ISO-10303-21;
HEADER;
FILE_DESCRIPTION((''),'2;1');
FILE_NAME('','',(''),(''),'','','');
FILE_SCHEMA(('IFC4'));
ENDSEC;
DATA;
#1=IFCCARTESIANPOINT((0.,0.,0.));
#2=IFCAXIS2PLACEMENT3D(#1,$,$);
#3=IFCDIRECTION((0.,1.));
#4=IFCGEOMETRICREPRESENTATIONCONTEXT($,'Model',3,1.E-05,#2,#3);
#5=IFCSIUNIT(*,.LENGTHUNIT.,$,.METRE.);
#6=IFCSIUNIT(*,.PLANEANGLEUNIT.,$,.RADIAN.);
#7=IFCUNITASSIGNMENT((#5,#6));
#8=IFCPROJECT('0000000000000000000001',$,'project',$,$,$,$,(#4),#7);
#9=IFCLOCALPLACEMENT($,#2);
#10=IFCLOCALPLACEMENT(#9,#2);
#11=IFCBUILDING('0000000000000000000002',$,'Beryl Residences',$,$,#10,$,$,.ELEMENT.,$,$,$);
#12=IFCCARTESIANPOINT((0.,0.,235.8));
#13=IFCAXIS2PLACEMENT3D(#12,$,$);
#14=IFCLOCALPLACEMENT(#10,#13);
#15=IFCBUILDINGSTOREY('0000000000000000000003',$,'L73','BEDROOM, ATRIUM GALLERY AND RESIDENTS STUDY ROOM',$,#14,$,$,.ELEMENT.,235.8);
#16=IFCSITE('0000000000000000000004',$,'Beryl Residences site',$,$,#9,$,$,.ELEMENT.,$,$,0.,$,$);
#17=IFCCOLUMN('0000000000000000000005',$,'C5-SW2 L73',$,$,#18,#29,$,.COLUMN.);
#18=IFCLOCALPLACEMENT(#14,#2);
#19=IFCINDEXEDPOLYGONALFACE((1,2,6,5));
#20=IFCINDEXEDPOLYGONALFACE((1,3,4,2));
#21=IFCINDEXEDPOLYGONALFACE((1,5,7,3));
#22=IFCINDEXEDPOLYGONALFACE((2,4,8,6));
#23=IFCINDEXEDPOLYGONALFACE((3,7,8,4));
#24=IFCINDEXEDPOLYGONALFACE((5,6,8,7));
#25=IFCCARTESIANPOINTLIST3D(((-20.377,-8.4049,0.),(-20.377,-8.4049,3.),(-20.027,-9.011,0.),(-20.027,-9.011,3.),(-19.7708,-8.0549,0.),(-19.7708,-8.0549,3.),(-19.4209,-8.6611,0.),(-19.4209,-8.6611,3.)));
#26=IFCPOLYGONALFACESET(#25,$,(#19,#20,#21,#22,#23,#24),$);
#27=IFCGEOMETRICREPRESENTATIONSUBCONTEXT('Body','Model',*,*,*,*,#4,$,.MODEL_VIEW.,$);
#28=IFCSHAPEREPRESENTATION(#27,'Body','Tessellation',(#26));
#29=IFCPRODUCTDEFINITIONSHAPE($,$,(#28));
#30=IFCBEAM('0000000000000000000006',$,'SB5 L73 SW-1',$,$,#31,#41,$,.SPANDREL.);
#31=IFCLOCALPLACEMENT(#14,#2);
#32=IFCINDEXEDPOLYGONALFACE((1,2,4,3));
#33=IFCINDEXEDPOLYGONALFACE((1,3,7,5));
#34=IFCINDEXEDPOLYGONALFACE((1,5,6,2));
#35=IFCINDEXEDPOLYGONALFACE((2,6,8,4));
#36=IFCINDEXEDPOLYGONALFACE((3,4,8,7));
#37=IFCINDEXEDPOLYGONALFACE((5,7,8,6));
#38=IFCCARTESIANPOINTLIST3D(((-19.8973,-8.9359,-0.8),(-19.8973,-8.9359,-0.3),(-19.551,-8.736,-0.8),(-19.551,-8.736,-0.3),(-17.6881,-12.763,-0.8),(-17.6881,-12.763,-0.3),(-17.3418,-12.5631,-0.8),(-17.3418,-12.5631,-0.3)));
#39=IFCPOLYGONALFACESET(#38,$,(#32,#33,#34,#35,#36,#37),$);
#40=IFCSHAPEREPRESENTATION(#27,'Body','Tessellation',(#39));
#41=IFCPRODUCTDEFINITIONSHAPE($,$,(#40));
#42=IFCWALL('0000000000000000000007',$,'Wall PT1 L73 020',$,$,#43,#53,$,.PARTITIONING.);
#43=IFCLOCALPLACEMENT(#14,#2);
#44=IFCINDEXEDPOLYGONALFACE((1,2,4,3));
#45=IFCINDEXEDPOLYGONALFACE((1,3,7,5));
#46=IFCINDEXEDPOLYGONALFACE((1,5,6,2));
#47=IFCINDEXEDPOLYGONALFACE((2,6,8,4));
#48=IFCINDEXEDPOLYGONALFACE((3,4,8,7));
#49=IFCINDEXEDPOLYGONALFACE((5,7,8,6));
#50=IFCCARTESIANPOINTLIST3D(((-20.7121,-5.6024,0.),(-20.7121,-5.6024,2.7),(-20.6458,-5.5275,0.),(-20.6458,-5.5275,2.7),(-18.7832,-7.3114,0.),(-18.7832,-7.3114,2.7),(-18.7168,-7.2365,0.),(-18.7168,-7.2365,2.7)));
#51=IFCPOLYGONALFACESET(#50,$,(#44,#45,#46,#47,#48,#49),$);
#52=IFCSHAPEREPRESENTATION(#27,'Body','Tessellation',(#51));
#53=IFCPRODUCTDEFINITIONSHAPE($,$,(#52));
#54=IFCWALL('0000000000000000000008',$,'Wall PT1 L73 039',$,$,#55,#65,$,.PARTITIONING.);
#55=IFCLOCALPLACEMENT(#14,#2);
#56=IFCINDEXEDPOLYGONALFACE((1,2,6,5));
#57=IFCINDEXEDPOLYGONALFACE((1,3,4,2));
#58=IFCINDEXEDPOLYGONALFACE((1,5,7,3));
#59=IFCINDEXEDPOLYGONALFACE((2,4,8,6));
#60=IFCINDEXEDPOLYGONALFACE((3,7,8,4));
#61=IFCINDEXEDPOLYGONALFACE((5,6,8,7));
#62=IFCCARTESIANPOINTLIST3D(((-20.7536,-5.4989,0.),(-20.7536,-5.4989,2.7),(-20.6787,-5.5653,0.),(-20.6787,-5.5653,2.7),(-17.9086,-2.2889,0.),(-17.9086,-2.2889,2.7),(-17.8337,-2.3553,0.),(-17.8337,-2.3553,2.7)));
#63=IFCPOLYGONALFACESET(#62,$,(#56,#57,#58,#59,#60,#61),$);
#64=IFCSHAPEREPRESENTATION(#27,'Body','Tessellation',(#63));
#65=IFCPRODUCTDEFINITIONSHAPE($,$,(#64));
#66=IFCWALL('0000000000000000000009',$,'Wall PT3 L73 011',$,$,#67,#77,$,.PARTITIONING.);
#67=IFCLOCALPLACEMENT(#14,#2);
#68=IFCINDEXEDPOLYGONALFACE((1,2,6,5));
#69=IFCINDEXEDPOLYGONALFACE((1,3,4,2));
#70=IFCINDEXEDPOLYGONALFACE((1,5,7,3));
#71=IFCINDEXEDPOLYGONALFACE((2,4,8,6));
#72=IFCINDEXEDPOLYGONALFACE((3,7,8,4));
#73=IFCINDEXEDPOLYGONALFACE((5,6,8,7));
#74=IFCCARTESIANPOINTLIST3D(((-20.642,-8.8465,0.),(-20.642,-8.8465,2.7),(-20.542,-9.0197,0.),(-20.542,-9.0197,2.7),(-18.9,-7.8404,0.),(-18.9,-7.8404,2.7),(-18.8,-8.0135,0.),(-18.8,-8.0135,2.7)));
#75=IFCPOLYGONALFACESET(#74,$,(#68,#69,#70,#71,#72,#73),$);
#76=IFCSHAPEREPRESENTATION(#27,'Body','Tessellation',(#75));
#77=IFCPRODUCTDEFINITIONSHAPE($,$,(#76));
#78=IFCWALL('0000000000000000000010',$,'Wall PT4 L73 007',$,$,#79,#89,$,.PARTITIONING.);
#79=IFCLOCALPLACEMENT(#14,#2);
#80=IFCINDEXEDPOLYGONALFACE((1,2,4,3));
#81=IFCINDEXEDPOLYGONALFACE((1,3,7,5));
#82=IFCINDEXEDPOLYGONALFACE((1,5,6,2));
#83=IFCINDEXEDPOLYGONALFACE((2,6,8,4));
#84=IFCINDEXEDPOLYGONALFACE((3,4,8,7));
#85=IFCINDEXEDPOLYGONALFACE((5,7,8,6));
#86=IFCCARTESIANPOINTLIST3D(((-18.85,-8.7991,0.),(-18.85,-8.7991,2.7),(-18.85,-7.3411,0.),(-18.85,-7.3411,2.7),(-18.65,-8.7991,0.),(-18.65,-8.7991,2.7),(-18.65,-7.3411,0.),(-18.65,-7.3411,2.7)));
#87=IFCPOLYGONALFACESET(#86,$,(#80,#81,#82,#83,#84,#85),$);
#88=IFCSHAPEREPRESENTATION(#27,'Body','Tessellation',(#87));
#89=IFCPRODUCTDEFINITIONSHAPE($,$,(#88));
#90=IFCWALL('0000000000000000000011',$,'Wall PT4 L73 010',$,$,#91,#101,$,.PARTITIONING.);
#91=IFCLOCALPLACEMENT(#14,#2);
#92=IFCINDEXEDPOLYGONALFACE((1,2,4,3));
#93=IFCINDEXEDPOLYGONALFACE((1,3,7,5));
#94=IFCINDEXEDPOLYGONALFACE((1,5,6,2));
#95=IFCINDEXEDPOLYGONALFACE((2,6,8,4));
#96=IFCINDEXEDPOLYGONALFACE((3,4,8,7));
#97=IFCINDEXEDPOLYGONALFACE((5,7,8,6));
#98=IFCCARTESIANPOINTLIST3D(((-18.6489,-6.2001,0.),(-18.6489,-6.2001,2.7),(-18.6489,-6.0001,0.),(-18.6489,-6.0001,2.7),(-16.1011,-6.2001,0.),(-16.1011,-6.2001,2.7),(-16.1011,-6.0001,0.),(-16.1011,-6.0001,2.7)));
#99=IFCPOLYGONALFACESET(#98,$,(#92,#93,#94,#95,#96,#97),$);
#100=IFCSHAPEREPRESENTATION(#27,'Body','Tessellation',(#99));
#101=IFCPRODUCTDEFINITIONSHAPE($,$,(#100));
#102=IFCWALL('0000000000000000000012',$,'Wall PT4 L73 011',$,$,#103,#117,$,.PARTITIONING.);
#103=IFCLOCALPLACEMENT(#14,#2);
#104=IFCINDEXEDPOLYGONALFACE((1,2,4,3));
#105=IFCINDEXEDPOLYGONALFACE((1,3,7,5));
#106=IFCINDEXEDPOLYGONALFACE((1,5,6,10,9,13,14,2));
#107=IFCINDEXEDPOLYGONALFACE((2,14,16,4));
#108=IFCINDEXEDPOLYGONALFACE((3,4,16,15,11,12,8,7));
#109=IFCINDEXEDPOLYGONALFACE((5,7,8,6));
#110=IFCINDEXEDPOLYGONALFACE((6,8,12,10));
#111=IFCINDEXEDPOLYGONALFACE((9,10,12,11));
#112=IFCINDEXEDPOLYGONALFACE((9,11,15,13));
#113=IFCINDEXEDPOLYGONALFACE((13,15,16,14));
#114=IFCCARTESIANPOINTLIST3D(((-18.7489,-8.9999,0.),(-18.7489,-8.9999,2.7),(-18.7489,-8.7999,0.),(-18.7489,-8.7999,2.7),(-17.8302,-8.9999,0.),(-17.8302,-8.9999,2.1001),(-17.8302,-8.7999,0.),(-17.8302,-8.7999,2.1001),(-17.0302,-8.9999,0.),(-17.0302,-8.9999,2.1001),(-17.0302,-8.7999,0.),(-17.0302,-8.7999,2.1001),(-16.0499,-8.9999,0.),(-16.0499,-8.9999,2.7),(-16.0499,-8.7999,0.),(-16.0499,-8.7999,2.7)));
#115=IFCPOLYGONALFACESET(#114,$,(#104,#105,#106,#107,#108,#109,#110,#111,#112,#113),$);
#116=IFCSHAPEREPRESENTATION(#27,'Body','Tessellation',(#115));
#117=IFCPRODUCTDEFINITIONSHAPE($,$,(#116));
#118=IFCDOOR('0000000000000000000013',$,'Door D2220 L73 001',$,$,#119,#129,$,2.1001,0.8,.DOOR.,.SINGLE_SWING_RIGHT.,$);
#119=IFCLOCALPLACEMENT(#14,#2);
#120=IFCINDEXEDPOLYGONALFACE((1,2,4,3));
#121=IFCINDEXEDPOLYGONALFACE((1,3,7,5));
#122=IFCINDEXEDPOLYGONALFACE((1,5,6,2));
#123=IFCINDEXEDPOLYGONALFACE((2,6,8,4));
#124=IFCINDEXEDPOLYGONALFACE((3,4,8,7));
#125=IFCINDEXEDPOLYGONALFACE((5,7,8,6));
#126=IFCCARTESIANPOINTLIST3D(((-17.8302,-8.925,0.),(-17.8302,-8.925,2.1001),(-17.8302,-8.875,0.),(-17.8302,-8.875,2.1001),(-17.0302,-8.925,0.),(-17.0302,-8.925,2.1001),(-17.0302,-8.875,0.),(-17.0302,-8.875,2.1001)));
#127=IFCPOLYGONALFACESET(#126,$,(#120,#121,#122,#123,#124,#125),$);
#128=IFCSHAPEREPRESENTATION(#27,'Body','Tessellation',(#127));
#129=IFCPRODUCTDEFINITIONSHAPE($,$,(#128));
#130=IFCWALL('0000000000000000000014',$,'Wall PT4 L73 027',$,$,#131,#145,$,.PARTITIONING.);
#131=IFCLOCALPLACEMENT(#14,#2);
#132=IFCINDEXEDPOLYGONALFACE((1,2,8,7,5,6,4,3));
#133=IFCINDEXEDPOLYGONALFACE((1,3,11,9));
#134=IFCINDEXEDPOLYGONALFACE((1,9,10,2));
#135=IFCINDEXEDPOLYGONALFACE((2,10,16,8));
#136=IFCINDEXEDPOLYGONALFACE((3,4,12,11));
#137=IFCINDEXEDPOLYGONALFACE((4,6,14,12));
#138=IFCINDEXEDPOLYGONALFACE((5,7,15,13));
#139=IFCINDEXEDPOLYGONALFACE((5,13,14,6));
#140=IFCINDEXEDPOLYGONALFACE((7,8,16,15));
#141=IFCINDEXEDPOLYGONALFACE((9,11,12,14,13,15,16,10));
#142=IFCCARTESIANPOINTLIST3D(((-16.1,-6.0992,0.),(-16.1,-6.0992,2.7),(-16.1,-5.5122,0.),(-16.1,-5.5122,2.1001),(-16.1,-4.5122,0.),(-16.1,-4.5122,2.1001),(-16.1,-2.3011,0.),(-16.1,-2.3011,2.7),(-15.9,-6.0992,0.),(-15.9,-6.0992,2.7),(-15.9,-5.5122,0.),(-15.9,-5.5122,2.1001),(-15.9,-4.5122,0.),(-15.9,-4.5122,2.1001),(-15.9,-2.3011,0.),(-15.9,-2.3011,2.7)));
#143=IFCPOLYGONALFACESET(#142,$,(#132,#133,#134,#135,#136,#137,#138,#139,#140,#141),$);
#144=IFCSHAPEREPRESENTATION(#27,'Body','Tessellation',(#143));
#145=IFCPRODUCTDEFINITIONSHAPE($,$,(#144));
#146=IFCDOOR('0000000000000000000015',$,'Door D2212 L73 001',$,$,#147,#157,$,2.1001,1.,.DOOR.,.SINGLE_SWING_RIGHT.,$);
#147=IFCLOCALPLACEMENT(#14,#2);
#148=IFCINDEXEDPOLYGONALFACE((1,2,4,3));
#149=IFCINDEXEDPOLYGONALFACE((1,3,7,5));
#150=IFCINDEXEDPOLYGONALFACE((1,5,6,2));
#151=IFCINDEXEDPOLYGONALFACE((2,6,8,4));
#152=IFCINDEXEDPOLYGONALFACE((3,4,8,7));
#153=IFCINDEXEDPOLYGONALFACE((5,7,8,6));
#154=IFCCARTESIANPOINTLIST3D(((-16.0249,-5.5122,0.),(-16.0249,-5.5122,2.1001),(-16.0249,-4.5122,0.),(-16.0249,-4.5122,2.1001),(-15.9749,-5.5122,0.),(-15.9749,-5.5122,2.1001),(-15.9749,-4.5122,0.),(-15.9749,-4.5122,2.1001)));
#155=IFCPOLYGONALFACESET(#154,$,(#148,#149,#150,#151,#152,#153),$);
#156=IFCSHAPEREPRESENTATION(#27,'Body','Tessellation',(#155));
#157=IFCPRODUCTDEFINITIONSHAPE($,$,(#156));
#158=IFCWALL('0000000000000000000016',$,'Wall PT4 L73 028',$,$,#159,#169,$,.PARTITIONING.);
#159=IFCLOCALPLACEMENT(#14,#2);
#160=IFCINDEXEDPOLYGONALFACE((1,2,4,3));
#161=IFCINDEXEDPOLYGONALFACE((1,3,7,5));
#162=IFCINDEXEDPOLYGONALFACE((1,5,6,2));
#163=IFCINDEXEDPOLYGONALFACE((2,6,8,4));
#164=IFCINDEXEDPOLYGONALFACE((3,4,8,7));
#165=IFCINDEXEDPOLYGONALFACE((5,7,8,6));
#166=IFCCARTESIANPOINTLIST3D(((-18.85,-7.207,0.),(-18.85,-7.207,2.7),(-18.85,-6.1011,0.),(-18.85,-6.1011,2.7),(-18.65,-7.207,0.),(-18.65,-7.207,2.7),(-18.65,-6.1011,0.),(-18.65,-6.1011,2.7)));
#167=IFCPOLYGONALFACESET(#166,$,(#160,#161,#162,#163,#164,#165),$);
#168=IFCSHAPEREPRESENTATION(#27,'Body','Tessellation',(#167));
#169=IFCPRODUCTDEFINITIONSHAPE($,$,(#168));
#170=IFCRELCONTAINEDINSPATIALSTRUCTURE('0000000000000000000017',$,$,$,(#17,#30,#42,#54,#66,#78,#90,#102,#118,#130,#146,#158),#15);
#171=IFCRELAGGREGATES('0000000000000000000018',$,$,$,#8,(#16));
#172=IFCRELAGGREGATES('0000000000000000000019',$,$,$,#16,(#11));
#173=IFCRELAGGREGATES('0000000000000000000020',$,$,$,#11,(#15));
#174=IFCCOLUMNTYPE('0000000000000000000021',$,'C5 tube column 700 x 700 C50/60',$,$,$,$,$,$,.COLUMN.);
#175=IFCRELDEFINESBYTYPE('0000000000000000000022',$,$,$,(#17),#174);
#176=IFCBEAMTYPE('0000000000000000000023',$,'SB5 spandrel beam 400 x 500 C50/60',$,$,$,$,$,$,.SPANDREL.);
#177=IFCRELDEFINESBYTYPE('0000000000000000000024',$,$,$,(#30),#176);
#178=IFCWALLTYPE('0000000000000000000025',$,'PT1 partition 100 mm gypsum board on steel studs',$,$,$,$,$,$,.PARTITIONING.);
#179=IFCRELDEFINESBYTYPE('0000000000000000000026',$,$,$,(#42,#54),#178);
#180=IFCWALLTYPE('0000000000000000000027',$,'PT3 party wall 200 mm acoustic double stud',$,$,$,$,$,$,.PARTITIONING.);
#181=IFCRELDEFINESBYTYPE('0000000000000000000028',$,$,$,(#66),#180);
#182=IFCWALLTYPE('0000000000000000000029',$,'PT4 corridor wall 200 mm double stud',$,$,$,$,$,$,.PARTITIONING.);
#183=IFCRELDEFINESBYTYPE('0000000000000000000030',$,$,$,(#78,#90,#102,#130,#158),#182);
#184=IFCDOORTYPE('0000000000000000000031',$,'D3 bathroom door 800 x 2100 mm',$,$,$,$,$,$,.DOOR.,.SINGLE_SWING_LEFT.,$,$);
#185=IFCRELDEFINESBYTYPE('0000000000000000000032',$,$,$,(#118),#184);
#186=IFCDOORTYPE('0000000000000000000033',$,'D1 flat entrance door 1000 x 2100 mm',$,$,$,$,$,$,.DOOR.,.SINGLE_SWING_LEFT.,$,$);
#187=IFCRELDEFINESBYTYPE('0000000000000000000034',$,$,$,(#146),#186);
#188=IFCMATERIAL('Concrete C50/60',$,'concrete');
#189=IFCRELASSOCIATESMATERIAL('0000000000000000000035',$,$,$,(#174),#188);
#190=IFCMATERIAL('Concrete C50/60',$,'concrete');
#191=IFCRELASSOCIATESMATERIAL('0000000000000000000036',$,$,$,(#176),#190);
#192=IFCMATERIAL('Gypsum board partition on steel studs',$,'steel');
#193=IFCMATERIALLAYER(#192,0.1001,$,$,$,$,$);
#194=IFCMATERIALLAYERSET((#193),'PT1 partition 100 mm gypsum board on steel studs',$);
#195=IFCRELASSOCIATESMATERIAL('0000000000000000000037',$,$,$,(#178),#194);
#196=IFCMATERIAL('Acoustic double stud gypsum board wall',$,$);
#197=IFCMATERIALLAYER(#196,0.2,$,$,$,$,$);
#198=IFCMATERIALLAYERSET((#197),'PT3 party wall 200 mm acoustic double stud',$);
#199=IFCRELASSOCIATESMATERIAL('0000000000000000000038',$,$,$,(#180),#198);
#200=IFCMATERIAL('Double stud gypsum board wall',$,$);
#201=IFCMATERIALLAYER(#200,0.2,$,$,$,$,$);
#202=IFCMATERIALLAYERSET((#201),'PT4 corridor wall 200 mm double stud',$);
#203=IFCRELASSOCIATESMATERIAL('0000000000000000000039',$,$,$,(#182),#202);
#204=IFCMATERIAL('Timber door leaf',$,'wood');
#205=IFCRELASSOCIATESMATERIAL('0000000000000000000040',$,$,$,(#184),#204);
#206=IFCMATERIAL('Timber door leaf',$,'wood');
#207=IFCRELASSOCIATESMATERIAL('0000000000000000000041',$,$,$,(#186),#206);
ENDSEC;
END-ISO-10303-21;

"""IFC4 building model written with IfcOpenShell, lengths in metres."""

from ifc_helpers import new_model, si_unit, direction, frame, frame_2d, origin, origin_2d, place, context, subcontext, project, spatial, rectangle, extrude, material, layer, layer_set, material_profile, profile_set, type_object, element, fill, save


model = new_model("IFC4")

# Units and contexts
model_context = context("Model", 3, precision=1e-05, world=origin(), true_north=direction((0.0, 1.0)))
body_context = subcontext(model_context, "Body", "Model", "MODEL_VIEW")
ifc_project = project(units=[si_unit("LENGTHUNIT", "METRE"), si_unit("PLANEANGLEUNIT", "RADIAN")], contexts=[model_context])

# Site, building, storey
site_placement = place(None, origin())
site = spatial("IfcSite", under=ifc_project, at=site_placement, Name="Beryl Residences site", CompositionType="ELEMENT", RefElevation=0.0)
building_placement = place(site_placement, origin())
building = spatial("IfcBuilding", under=site, at=building_placement, Name="Beryl Residences", CompositionType="ELEMENT")
storey_placement = place(building_placement, frame((0.0, 0.0, 235.8)))
storey = spatial("IfcBuildingStorey", under=building, at=storey_placement, Name="L73", Description="BEDROOM, ATRIUM GALLERY AND RESIDENTS STUDY ROOM", CompositionType="ELEMENT", Elevation=235.8)

# Column
ifc_material_1 = material(Name="Concrete C50/60", Category="concrete")
ifc_material_profile_1 = material_profile(ifc_material_1, rectangle(XDim=0.7, YDim=0.7, at=origin_2d()))
ifc_profile_set_1 = profile_set([ifc_material_profile_1], Name="Concrete C50/60")
column_type = type_object("IfcColumnType", Name="C5 tube column 700 x 700 C50/60", PredefinedType="COLUMN", material=ifc_profile_set_1)
column_placement = place(storey_placement, frame((-19.8989, -8.533, 0.0), z_axis=(0.0, 0.0, 1.0), x_axis=(0.499985, -0.866034, 0.0)))
element("IfcColumn", 1, at=column_placement, inside=storey, type_object=column_type, Name="C5-SW2 L73", PredefinedType="COLUMN", context=body_context, shape_type="SweptSolid", body=[
    extrude(rectangle(XDim=0.7, YDim=0.7, at=origin_2d()), origin(), (0.0, 0.0, 1.0), 3.0),
])

# Beam
ifc_material_2 = material(Name="Concrete C50/60", Category="concrete")
ifc_material_profile_2 = material_profile(ifc_material_2, rectangle(XDim=0.3999, YDim=0.5, at=origin_2d()))
ifc_profile_set_2 = profile_set([ifc_material_profile_2], Name="Concrete C50/60")
beam_type = type_object("IfcBeamType", Name="SB5 spandrel beam 400 x 500 C50/60", PredefinedType="SPANDREL", material=ifc_profile_set_2)
beam_placement = place(storey_placement, frame((-19.7241, -8.8359, -0.55), z_axis=(0.499936, -0.866062, 0.0), x_axis=(0.866062, 0.499936, 0.0)))
element("IfcBeam", 2, at=beam_placement, inside=storey, type_object=beam_type, Name="SB5 L73 SW-1", PredefinedType="SPANDREL", context=body_context, shape_type="SweptSolid", body=[
    extrude(rectangle(XDim=0.3999, YDim=0.5, at=origin_2d()), origin(), (0.0, 0.0, 1.0), 4.4189),
])

# Walls
ifc_material_3 = material(Name="Gypsum board partition on steel studs", Category="steel")
ifc_layer_1 = layer(ifc_material_3, 0.1001)
ifc_layer_set_1 = layer_set([ifc_layer_1], Name="PT1 partition 100 mm gypsum board on steel studs")
wall_type_1 = type_object("IfcWallType", Name="PT1 partition 100 mm gypsum board on steel studs", PredefinedType="PARTITIONING", material=ifc_layer_set_1)
wall_1_placement = place(storey_placement, frame((-20.679, -5.5649, 0.0), z_axis=(0.0, 0.0, 1.0), x_axis=(0.748495, -0.66314, 0.0)))
element("IfcWall", 3, at=wall_1_placement, inside=storey, type_object=wall_type_1, Name="Wall PT1 L73 020", PredefinedType="PARTITIONING", context=body_context, shape_type="SweptSolid", body=[
    extrude(rectangle(XDim=2.5771, YDim=0.1001, at=frame_2d((1.2886, 0.0))), origin(), (0.0, 0.0, 1.0), 2.7),
])
wall_2_placement = place(storey_placement, frame((-20.7161, -5.532, 0.0), z_axis=(0.0, 0.0, 1.0), x_axis=(0.663279, 0.748373, 0.0)))
element("IfcWall", 4, at=wall_2_placement, inside=storey, type_object=wall_type_1, Name="Wall PT1 L73 039", PredefinedType="PARTITIONING", context=body_context, shape_type="SweptSolid", body=[
    extrude(rectangle(XDim=4.2893, YDim=0.1001, at=frame_2d((2.1445, 0.0))), origin(), (0.0, 0.0, 1.0), 2.7),
])
ifc_material_4 = material(Name="Acoustic double stud gypsum board wall")
ifc_layer_2 = layer(ifc_material_4, 0.2)
ifc_layer_set_2 = layer_set([ifc_layer_2], Name="PT3 party wall 200 mm acoustic double stud")
wall_type_2 = type_object("IfcWallType", Name="PT3 party wall 200 mm acoustic double stud", PredefinedType="PARTITIONING", material=ifc_layer_set_2)
wall_3_placement = place(storey_placement, frame((-20.592, -8.9331, 0.0), z_axis=(0.0, 0.0, 1.0), x_axis=(0.865941, 0.500146, 0.0)))
element("IfcWall", 5, at=wall_3_placement, inside=storey, type_object=wall_type_2, Name="Wall PT3 L73 011", PredefinedType="PARTITIONING", context=body_context, shape_type="SweptSolid", body=[
    extrude(rectangle(XDim=2.0117, YDim=0.2, at=frame_2d((1.0059, 0.0))), origin(), (0.0, 0.0, 1.0), 2.7),
])
ifc_material_5 = material(Name="Double stud gypsum board wall")
ifc_layer_3 = layer(ifc_material_5, 0.2)
ifc_layer_set_3 = layer_set([ifc_layer_3], Name="PT4 corridor wall 200 mm double stud")
wall_type_3 = type_object("IfcWallType", Name="PT4 corridor wall 200 mm double stud", PredefinedType="PARTITIONING", material=ifc_layer_set_3)
wall_4_placement = place(storey_placement, frame((-18.75, -7.3411, 0.0), z_axis=(0.0, 0.0, 1.0), x_axis=(0.0, -1.0, 0.0)))
element("IfcWall", 6, at=wall_4_placement, inside=storey, type_object=wall_type_3, Name="Wall PT4 L73 007", PredefinedType="PARTITIONING", context=body_context, shape_type="SweptSolid", body=[
    extrude(rectangle(XDim=1.458, YDim=0.2, at=frame_2d((0.729, 0.0))), origin(), (0.0, 0.0, 1.0), 2.7),
])
wall_5_placement = place(storey_placement, frame((-18.6489, -6.1001, 0.0), z_axis=(0.0, 0.0, 1.0), x_axis=(1.0, 0.0, 0.0)))
element("IfcWall", 7, at=wall_5_placement, inside=storey, type_object=wall_type_3, Name="Wall PT4 L73 010", PredefinedType="PARTITIONING", context=body_context, shape_type="SweptSolid", body=[
    extrude(rectangle(XDim=2.5479, YDim=0.2, at=frame_2d((1.2739, 0.0))), origin(), (0.0, 0.0, 1.0), 2.7),
])

# Walls, openings, doors
wall_6_placement = place(storey_placement, frame((-18.749, -8.8999, 0.0), z_axis=(0.0, 0.0, 1.0), x_axis=(1.0, 0.0, 0.0)))
wall_6 = element("IfcWall", 8, at=wall_6_placement, inside=storey, type_object=wall_type_3, Name="Wall PT4 L73 011", PredefinedType="PARTITIONING", context=body_context, shape_type="SweptSolid", body=[
    extrude(rectangle(XDim=2.699, YDim=0.2, at=frame_2d((1.3496, 0.0))), origin(), (0.0, 0.0, 1.0), 2.7),
])
opening_1_placement = place(wall_6_placement, frame((0.9189, 0.0, 0.0)))
opening_1 = element("IfcOpeningElement", 9, at=opening_1_placement, cuts=wall_6, PredefinedType="OPENING", context=body_context, shape_type="SweptSolid", body=[
    extrude(rectangle(XDim=0.8, YDim=2.1001, at=frame_2d((0.3999, 1.05))), frame((0.0, 0.1099, 0.0), z_axis=(0.0, -1.0, 0.0), x_axis=(1.0, 0.0, 0.0)), (0.0, 0.0, 1.0), 0.22),
])
ifc_material_6 = material(Name="Timber door leaf", Category="wood")
door_type_1 = type_object("IfcDoorType", Name="D3 bathroom door 800 x 2100 mm", OperationType="SINGLE_SWING_LEFT", PredefinedType="DOOR", material=ifc_material_6)
door_1_placement = place(opening_1_placement, origin())
door_1 = element("IfcDoor", 10, at=door_1_placement, inside=storey, type_object=door_type_1, Name="Door D2220 L73 001", OperationType="SINGLE_SWING_RIGHT", OverallHeight=2.1001, OverallWidth=0.8, PredefinedType="DOOR", context=body_context, shape_type="SweptSolid", body=[
    extrude(rectangle(XDim=0.8, YDim=2.1001, at=frame_2d((0.3999, 1.05))), frame((0.0, 0.0249, 0.0), z_axis=(0.0, -1.0, 0.0), x_axis=(1.0, 0.0, 0.0)), (0.0, 0.0, 1.0), 0.05),
])
fill(opening_1, door_1)
wall_7_placement = place(storey_placement, frame((-16.0, -6.0991, 0.0), z_axis=(0.0, 0.0, 1.0), x_axis=(0.0, 1.0, 0.0)))
wall_7 = element("IfcWall", 11, at=wall_7_placement, inside=storey, type_object=wall_type_3, Name="Wall PT4 L73 027", PredefinedType="PARTITIONING", context=body_context, shape_type="SweptSolid", body=[
    extrude(rectangle(XDim=3.7981, YDim=0.2, at=frame_2d((1.8989, 0.0))), origin(), (0.0, 0.0, 1.0), 2.7),
])
opening_2_placement = place(wall_7_placement, frame((0.5869, 0.0, 0.0)))
opening_2 = element("IfcOpeningElement", 12, at=opening_2_placement, cuts=wall_7, PredefinedType="OPENING", context=body_context, shape_type="SweptSolid", body=[
    extrude(rectangle(XDim=1.0, YDim=2.1001, at=frame_2d((0.5, 1.05))), frame((0.0, 0.1099, 0.0), z_axis=(0.0, -1.0, 0.0), x_axis=(1.0, 0.0, 0.0)), (0.0, 0.0, 1.0), 0.22),
])
ifc_material_7 = material(Name="Timber door leaf", Category="wood")
door_type_2 = type_object("IfcDoorType", Name="D1 flat entrance door 1000 x 2100 mm", OperationType="SINGLE_SWING_LEFT", PredefinedType="DOOR", material=ifc_material_7)
door_2_placement = place(opening_2_placement, origin())
door_2 = element("IfcDoor", 13, at=door_2_placement, inside=storey, type_object=door_type_2, Name="Door D2212 L73 001", OperationType="SINGLE_SWING_RIGHT", OverallHeight=2.1001, OverallWidth=1.0, PredefinedType="DOOR", context=body_context, shape_type="SweptSolid", body=[
    extrude(rectangle(XDim=1.0, YDim=2.1001, at=frame_2d((0.5, 1.05))), frame((0.0, 0.0249, 0.0), z_axis=(0.0, -1.0, 0.0), x_axis=(1.0, 0.0, 0.0)), (0.0, 0.0, 1.0), 0.05),
])
fill(opening_2, door_2)

# Wall
wall_8_placement = place(storey_placement, frame((-18.75, -7.207, 0.0), z_axis=(0.0, 0.0, 1.0), x_axis=(0.0, 1.0, 0.0)))
element("IfcWall", 14, at=wall_8_placement, inside=storey, type_object=wall_type_3, Name="Wall PT4 L73 028", PredefinedType="PARTITIONING", context=body_context, shape_type="SweptSolid", body=[
    extrude(rectangle(XDim=1.106, YDim=0.2, at=frame_2d((0.553, 0.0))), origin(), (0.0, 0.0, 1.0), 2.7),
])

save(model, "model.ifc")
